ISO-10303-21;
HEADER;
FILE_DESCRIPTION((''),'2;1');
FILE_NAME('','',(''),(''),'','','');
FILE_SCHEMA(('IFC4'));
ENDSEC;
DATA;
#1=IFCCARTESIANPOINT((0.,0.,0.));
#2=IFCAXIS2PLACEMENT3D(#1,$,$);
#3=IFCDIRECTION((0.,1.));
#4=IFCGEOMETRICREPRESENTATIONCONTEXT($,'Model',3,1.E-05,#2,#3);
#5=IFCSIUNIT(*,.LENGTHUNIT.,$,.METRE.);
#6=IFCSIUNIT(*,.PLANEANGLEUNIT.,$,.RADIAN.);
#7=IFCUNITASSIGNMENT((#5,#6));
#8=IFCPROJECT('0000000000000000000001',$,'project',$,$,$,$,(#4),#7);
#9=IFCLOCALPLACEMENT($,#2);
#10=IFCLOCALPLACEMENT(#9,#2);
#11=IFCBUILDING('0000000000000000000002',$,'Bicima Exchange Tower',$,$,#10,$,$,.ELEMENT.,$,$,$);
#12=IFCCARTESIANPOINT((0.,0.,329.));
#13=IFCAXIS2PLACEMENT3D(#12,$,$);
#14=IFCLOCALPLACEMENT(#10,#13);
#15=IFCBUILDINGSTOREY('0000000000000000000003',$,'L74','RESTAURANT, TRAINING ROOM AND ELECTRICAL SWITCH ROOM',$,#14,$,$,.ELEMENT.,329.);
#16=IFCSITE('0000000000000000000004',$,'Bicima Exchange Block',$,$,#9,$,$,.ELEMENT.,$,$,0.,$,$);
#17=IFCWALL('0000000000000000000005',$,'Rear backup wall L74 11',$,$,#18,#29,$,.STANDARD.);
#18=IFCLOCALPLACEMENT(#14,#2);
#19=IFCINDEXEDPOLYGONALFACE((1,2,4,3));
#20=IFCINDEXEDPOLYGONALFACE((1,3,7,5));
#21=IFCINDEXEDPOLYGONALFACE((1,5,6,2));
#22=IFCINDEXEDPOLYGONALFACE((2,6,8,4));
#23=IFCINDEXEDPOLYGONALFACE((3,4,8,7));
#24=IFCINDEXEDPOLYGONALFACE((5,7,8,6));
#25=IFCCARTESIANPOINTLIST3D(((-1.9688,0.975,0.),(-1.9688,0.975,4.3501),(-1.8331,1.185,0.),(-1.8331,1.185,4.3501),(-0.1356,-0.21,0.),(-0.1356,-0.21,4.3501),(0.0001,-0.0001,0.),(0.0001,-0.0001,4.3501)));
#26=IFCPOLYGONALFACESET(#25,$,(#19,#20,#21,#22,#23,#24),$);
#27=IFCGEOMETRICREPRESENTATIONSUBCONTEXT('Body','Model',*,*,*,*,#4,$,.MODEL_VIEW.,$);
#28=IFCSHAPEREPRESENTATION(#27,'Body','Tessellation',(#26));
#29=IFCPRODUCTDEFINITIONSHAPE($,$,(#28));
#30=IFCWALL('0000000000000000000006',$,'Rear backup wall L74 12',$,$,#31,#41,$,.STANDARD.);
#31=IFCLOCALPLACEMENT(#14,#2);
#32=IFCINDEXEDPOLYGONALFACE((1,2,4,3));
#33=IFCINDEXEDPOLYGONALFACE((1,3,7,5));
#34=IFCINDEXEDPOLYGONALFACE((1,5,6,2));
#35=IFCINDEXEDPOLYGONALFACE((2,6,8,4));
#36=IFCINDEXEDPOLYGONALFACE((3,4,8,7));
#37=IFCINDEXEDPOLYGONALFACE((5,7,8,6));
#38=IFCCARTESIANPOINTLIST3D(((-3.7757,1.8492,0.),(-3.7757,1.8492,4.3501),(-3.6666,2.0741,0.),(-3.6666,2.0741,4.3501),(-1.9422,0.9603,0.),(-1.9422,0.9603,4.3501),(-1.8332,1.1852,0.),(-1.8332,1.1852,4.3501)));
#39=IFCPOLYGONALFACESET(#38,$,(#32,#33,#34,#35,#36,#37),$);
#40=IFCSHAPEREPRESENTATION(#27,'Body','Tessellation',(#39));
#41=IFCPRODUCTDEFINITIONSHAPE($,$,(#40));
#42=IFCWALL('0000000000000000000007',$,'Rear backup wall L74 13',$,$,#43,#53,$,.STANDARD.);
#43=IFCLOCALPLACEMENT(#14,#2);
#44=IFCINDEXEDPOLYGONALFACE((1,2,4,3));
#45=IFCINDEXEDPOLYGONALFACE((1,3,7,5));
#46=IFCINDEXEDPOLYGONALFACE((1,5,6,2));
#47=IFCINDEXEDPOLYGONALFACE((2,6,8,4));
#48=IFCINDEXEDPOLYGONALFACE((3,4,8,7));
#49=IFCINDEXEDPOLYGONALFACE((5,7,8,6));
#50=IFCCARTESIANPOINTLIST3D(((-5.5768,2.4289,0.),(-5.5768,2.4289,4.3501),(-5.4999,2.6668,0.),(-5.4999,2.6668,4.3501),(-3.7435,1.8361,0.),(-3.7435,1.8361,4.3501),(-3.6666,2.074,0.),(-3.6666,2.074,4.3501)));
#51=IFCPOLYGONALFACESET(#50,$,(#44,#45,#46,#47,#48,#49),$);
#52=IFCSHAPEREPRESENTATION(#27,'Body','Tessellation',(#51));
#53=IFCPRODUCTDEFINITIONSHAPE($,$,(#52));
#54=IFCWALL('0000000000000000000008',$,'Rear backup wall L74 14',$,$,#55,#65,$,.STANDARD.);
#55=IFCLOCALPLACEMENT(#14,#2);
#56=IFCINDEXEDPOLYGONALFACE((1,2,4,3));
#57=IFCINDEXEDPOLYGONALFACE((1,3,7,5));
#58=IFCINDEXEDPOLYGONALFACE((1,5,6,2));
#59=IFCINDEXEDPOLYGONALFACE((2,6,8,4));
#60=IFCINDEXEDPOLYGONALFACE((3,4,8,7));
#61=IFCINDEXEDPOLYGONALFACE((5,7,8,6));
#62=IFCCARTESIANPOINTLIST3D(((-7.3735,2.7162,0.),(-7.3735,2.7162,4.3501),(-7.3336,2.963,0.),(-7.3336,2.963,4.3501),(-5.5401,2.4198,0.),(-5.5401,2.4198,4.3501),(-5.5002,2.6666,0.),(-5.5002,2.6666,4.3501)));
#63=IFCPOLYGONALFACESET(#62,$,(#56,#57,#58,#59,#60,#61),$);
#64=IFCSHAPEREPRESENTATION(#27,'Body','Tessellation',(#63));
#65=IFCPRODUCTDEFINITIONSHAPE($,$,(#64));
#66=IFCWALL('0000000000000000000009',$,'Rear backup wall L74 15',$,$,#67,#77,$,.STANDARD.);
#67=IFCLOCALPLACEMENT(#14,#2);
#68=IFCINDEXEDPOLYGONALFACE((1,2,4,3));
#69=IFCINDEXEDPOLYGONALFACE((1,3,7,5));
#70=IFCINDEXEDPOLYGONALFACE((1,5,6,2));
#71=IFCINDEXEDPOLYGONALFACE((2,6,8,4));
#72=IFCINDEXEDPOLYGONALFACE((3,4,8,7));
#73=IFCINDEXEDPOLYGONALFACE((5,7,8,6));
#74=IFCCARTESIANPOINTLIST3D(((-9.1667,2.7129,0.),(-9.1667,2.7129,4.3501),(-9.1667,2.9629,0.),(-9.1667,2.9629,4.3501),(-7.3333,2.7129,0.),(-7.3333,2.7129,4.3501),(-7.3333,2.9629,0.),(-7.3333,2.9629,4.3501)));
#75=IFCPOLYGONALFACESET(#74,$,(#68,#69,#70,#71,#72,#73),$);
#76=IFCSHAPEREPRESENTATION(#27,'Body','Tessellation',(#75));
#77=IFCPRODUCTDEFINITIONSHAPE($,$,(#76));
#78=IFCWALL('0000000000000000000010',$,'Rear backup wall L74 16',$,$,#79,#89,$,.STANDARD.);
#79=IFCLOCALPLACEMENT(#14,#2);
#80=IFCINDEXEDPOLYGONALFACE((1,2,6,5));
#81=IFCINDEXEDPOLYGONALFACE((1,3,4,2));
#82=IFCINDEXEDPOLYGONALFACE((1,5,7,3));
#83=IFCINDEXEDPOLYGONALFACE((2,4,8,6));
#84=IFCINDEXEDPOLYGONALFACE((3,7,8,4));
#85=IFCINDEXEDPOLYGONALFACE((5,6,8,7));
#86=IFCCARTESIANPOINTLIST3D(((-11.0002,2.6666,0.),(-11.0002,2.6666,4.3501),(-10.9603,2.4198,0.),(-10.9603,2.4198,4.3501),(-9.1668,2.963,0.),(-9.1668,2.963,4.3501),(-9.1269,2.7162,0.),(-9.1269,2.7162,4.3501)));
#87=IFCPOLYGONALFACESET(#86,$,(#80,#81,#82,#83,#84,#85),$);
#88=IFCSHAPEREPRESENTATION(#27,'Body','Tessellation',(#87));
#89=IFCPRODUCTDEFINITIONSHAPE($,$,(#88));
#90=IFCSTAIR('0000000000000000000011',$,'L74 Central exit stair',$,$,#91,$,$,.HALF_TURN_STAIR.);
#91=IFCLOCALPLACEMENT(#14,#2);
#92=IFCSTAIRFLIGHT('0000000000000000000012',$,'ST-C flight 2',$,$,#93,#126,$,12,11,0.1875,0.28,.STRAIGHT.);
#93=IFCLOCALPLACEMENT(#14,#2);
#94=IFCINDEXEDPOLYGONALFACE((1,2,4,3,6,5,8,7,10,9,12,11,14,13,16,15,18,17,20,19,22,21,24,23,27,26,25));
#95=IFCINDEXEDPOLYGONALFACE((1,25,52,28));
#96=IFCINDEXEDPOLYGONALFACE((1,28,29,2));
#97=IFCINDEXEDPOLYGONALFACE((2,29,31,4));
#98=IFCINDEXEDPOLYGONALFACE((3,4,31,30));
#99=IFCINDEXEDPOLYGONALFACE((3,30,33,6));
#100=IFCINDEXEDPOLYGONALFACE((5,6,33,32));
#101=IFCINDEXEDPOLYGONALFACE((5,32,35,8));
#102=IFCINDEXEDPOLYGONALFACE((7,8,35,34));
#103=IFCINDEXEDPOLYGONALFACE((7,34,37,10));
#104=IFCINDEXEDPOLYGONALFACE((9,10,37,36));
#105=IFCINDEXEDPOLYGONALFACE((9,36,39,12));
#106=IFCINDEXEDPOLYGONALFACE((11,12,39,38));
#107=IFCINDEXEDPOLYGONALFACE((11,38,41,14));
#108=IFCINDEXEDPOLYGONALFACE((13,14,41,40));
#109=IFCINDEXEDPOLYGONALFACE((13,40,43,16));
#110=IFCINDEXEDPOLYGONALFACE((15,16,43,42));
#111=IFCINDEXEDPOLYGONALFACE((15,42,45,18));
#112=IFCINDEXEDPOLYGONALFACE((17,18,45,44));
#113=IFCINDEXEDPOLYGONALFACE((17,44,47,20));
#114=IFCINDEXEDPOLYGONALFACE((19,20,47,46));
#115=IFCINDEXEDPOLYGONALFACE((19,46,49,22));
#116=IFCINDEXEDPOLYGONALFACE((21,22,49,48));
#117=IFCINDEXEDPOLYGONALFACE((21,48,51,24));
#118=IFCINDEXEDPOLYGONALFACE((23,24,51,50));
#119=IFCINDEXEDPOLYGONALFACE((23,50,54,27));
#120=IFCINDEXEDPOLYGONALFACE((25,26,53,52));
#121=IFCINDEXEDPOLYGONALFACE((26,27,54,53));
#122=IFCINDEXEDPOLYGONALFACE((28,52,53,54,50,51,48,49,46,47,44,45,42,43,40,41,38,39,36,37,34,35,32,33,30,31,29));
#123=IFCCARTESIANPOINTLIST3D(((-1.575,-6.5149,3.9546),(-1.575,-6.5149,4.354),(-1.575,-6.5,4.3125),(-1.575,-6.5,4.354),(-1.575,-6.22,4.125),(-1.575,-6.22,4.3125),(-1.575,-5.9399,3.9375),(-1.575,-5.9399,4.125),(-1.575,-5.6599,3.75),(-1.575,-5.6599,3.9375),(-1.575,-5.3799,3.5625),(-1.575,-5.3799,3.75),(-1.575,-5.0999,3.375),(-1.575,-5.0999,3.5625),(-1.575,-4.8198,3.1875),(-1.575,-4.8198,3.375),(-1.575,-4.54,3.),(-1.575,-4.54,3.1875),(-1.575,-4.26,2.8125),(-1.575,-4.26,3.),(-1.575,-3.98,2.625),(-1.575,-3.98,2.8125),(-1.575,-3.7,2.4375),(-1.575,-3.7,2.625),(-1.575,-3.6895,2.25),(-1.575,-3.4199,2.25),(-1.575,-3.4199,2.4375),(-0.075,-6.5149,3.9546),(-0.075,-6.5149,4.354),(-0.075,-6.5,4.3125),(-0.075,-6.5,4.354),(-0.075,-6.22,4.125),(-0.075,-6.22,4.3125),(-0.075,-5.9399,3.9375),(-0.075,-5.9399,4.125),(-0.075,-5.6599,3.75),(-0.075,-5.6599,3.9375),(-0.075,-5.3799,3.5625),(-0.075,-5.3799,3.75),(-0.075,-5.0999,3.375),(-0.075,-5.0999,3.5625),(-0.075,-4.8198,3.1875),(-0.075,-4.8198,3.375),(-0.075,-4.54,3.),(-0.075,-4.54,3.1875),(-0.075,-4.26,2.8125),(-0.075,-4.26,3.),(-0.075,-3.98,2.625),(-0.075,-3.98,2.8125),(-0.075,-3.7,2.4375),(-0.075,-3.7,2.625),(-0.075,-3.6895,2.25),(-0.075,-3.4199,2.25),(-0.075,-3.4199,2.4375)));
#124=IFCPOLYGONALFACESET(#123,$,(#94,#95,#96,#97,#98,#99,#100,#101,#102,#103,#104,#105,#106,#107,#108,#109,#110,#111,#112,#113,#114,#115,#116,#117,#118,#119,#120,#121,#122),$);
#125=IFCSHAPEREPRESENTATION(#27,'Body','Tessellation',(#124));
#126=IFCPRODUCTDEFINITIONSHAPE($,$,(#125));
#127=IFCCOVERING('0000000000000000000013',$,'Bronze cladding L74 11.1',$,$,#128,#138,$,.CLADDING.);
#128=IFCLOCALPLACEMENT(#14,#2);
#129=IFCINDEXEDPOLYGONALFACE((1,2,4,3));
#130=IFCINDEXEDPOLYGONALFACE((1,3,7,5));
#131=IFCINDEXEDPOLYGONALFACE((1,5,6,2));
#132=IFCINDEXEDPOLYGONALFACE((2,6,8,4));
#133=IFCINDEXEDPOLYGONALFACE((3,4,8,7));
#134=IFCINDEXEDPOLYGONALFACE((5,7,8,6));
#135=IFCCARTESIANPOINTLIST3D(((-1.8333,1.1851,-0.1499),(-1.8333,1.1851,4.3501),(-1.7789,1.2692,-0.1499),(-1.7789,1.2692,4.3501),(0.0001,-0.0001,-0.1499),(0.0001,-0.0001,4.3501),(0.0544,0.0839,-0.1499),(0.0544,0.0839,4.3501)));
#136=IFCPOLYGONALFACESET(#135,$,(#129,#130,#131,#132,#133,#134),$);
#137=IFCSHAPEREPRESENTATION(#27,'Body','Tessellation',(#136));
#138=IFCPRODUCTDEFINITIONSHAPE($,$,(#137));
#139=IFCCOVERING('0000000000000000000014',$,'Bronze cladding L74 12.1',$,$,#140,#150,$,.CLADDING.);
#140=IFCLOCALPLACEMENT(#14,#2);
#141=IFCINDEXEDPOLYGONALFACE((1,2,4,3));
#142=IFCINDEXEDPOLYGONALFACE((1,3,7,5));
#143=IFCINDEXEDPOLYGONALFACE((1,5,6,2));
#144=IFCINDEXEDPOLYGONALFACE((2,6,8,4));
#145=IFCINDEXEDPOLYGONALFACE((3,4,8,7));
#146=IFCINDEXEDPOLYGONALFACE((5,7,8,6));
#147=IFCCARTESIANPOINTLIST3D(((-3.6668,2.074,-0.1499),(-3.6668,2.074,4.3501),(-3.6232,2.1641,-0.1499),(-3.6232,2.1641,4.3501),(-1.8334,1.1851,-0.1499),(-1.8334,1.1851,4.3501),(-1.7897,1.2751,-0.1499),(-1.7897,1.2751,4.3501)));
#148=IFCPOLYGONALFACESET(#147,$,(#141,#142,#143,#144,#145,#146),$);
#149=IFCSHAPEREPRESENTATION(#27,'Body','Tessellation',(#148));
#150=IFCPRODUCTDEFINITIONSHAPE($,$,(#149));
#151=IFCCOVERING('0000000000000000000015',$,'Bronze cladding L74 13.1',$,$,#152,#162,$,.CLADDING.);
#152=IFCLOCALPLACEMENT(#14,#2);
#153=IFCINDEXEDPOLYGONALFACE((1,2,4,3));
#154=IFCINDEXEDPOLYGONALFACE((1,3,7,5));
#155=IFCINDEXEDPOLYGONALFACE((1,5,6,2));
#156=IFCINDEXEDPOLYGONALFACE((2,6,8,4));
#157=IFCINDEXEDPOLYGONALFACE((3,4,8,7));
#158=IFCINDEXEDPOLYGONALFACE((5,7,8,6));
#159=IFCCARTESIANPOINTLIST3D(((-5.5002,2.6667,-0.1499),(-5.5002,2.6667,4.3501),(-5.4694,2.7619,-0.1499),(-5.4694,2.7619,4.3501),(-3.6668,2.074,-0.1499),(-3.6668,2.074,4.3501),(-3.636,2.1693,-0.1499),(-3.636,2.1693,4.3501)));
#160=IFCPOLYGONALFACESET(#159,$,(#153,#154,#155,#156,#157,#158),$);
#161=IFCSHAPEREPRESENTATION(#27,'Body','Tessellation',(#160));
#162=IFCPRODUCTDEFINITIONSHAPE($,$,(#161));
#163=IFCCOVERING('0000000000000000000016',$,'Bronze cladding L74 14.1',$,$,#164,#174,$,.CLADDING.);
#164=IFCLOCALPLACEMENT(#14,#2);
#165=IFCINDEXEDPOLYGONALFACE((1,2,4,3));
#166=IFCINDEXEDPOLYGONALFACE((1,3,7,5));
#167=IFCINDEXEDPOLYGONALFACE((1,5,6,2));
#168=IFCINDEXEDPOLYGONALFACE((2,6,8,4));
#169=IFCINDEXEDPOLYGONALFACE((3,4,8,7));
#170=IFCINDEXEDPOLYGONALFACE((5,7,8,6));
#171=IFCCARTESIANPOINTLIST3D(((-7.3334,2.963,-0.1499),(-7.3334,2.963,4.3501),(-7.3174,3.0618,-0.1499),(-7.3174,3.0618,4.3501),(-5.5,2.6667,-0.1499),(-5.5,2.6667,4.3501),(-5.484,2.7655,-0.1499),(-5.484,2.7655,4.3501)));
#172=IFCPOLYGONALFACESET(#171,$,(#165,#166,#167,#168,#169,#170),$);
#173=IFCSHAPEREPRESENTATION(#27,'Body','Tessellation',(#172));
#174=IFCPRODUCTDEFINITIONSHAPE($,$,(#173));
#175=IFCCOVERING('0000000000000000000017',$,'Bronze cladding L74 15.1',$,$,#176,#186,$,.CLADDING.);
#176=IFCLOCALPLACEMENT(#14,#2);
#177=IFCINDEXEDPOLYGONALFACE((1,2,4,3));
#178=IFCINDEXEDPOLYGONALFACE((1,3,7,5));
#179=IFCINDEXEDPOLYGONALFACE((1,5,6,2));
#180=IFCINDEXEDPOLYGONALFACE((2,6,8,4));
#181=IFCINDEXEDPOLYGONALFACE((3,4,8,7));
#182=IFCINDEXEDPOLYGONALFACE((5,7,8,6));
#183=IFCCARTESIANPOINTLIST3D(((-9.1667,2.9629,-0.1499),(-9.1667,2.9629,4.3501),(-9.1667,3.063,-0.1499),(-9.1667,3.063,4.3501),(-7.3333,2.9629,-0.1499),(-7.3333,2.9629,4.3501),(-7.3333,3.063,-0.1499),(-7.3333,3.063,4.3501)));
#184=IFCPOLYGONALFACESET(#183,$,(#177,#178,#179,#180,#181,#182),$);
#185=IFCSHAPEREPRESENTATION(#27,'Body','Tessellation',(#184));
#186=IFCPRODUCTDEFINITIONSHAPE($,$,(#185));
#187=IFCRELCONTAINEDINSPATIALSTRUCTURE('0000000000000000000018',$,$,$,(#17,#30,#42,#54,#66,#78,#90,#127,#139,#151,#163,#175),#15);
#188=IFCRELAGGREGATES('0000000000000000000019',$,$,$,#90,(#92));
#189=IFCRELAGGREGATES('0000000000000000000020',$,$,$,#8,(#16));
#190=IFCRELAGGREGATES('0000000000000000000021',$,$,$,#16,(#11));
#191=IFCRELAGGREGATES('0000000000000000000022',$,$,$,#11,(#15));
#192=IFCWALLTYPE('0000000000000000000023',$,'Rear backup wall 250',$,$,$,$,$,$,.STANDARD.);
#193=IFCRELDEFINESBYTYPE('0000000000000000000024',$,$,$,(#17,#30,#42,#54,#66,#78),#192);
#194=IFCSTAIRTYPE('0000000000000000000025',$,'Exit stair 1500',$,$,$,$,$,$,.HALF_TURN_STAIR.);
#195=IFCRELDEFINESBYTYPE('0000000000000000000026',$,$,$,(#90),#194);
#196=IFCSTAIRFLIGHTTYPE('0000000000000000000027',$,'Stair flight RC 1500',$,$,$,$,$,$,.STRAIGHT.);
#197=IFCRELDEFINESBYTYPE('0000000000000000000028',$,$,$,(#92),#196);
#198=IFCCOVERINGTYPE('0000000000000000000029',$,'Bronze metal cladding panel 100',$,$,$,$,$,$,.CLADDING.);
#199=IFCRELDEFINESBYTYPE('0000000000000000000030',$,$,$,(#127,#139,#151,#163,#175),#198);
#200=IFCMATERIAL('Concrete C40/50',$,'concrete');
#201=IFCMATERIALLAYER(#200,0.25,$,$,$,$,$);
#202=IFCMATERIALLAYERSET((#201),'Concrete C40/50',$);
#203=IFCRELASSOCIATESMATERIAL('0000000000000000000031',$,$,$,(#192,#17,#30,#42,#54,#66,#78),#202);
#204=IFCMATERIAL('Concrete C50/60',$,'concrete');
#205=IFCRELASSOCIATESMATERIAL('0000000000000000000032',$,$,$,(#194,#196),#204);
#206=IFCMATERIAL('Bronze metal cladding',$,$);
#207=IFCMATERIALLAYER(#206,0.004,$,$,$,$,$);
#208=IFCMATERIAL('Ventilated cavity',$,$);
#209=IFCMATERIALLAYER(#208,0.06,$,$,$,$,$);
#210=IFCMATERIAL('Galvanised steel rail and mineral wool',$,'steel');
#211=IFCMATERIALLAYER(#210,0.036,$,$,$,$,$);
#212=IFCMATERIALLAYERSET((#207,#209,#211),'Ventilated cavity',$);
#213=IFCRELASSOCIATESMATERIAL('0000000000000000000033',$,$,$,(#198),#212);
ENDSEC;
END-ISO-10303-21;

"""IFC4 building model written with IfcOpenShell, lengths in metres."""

from ifc_helpers import new_model, si_unit, direction, frame, frame_2d, origin, origin_2d, place, context, subcontext, project, spatial, polyline, rectangle, outline, extrude, material, layer, layer_set, layer_usage, type_object, element, aggregate, save


model = new_model("IFC4")

# Units and contexts
model_context = context("Model", 3, precision=1e-05, world=origin(), true_north=direction((0.0, 1.0)))
body_context = subcontext(model_context, "Body", "Model", "MODEL_VIEW")
ifc_project = project(units=[si_unit("LENGTHUNIT", "METRE"), si_unit("PLANEANGLEUNIT", "RADIAN")], contexts=[model_context])

# Site, building, storey
site_placement = place(None, origin())
site = spatial("IfcSite", under=ifc_project, at=site_placement, Name="Bicima Exchange Block", CompositionType="ELEMENT", RefElevation=0.0)
building_placement = place(site_placement, origin())
building = spatial("IfcBuilding", under=site, at=building_placement, Name="Bicima Exchange Tower", CompositionType="ELEMENT")
storey_placement = place(building_placement, frame((0.0, 0.0, 329.0)))
storey = spatial("IfcBuildingStorey", under=building, at=storey_placement, Name="L74", Description="RESTAURANT, TRAINING ROOM AND ELECTRICAL SWITCH ROOM", CompositionType="ELEMENT", Elevation=329.0)

# Shared definitions
ifc_material_1 = material(Name="Concrete C40/50", Category="concrete")
ifc_material_2 = material(Name="Concrete C50/60", Category="concrete")

# Walls
ifc_layer_1 = layer(ifc_material_1, 0.25)
ifc_layer_set_1 = layer_set([ifc_layer_1], Name="Concrete C40/50")
ifc_layer_usage = layer_usage(ifc_layer_set_1, "AXIS2", "POSITIVE", -0.125)
wall_type_1 = type_object("IfcWallType", Name="Rear backup wall 250", PredefinedType="STANDARD", material=ifc_layer_set_1)
wall_1_placement = place(storey_placement, frame((-0.0679, -0.105, 0.0), z_axis=(0.0, 0.0, 1.0), x_axis=(-0.839813, 0.542876, 0.0)))
element("IfcWall", 1, at=wall_1_placement, inside=storey, type_object=wall_type_1, material=ifc_layer_usage, Name="Rear backup wall L74 11", PredefinedType="STANDARD", context=body_context, shape_type="SweptSolid", body=[
    extrude(rectangle(XDim=2.1829, YDim=0.25, at=frame_2d((1.0913, 0.0))), origin(), (0.0, 0.0, 1.0), 4.3501),
])
wall_2_placement = place(storey_placement, frame((-1.8877, 1.0728, 0.0), z_axis=(0.0, 0.0, 1.0), x_axis=(-0.899824, 0.436253, 0.0)))
element("IfcWall", 2, at=wall_2_placement, inside=storey, type_object=wall_type_1, material=ifc_layer_usage, Name="Rear backup wall L74 12", PredefinedType="STANDARD", context=body_context, shape_type="SweptSolid", body=[
    extrude(rectangle(XDim=2.0376, YDim=0.25, at=frame_2d((1.0188, 0.0))), origin(), (0.0, 0.0, 1.0), 4.3501),
])
wall_3_placement = place(storey_placement, frame((-3.7051, 1.9551, 0.0), z_axis=(0.0, 0.0, 1.0), x_axis=(-0.951496, 0.307662, 0.0)))
element("IfcWall", 3, at=wall_3_placement, inside=storey, type_object=wall_type_1, material=ifc_layer_usage, Name="Rear backup wall L74 13", PredefinedType="STANDARD", context=body_context, shape_type="SweptSolid", body=[
    extrude(rectangle(XDim=1.9268, YDim=0.25, at=frame_2d((0.9634, 0.0))), origin(), (0.0, 0.0, 1.0), 4.3501),
])
wall_4_placement = place(storey_placement, frame((-5.52, 2.5432, 0.0), z_axis=(0.0, 0.0, 1.0), x_axis=(-0.987182, 0.1596, 0.0)))
element("IfcWall", 4, at=wall_4_placement, inside=storey, type_object=wall_type_1, material=ifc_layer_usage, Name="Rear backup wall L74 14", PredefinedType="STANDARD", context=body_context, shape_type="SweptSolid", body=[
    extrude(rectangle(XDim=1.8572, YDim=0.25, at=frame_2d((0.9287, 0.0))), origin(), (0.0, 0.0, 1.0), 4.3501),
])
wall_5_placement = place(storey_placement, frame((-7.3333, 2.8379, 0.0), z_axis=(0.0, 0.0, 1.0), x_axis=(-1.0, 0.0, 0.0)))
element("IfcWall", 5, at=wall_5_placement, inside=storey, type_object=wall_type_1, material=ifc_layer_usage, Name="Rear backup wall L74 15", PredefinedType="STANDARD", context=body_context, shape_type="SweptSolid", body=[
    extrude(rectangle(XDim=1.8335, YDim=0.25, at=frame_2d((0.9167, 0.0))), origin(), (0.0, 0.0, 1.0), 4.3501),
])
wall_6_placement = place(storey_placement, frame((-9.1467, 2.8396, 0.0), z_axis=(0.0, 0.0, 1.0), x_axis=(-0.987182, -0.1596, 0.0)))
element("IfcWall", 6, at=wall_6_placement, inside=storey, type_object=wall_type_1, material=ifc_layer_usage, Name="Rear backup wall L74 16", PredefinedType="STANDARD", context=body_context, shape_type="SweptSolid", body=[
    extrude(rectangle(XDim=1.8572, YDim=0.25, at=frame_2d((0.9287, 0.0))), origin(), (0.0, 0.0, 1.0), 4.3501),
])

# Stair, stair flight
stair_type = type_object("IfcStairType", Name="Exit stair 1500", PredefinedType="HALF_TURN_STAIR", material=ifc_material_2)
stair_placement = place(storey_placement, origin())
stair = element("IfcStair", 7, at=stair_placement, inside=storey, type_object=stair_type, Name="L74 Central exit stair", PredefinedType="HALF_TURN_STAIR")
stair_flight_type = type_object("IfcStairFlightType", Name="Stair flight RC 1500", PredefinedType="STRAIGHT", material=ifc_material_2)
stair_flight_placement = place(storey_placement, frame((-0.825, -3.4199, 2.25), z_axis=(0.0, 0.0, 1.0), x_axis=(0.0, -1.0, 0.0)))
stair_flight = element("IfcStairFlight", 8, at=stair_flight_placement, type_object=stair_flight_type, Name="ST-C flight 2", NumberOfRisers=12, NumberOfTreads=11, PredefinedType="STRAIGHT", RiserHeight=0.1875, TreadLength=0.28, context=body_context, shape_type="SweptSolid", body=[
    extrude(outline(polyline([(0.0, 0.0), (0.0, 0.1875), (0.28, 0.1875), (0.28, 0.375), (0.5601, 0.375), (0.5601, 0.5625), (0.8401, 0.5625), (0.8401, 0.75), (1.1201, 0.75), (1.1201, 0.9375), (1.3999, 0.9375), (1.3999, 1.125), (1.6799, 1.125), (1.6799, 1.3125), (1.96, 1.3125), (1.96, 1.5), (2.24, 1.5), (2.24, 1.6875), (2.52, 1.6875), (2.52, 1.875), (2.8, 1.875), (2.8, 2.0625), (3.0801, 2.0625), (3.0801, 2.104), (3.095, 2.104), (3.095, 1.7046), (0.2695, 0.0), (0.0, 0.0)])), frame((0.0, 0.75, 0.0), z_axis=(0.0, -1.0, 0.0), x_axis=(1.0, 0.0, 0.0)), (0.0, 0.0, 1.0), 1.5),
])
aggregate(stair, [stair_flight])

# Coverings
ifc_material_3 = material(Name="Bronze metal cladding")
ifc_layer_2 = layer(ifc_material_3, 0.004)
ifc_material_4 = material(Name="Ventilated cavity")
ifc_layer_3 = layer(ifc_material_4, 0.06)
ifc_material_5 = material(Name="Galvanised steel rail and mineral wool", Category="steel")
ifc_layer_4 = layer(ifc_material_5, 0.036)
ifc_layer_set_2 = layer_set([ifc_layer_2, ifc_layer_3, ifc_layer_4], Name="Ventilated cavity")
covering_type = type_object("IfcCoveringType", Name="Bronze metal cladding panel 100", PredefinedType="CLADDING", material=ifc_layer_set_2)
covering_1_placement = place(storey_placement, frame((-0.8894, 0.6345, -0.1499), z_axis=(0.0, 0.0, 1.0), x_axis=(-0.83979, 0.542911, 0.0)))
element("IfcCovering", 9, at=covering_1_placement, inside=storey, type_object=covering_type, Name="Bronze cladding L74 11.1", PredefinedType="CLADDING", context=body_context, shape_type="SweptSolid", body=[
    extrude(rectangle(XDim=2.1831, YDim=0.1001, at=origin_2d()), origin(), (0.0, 0.0, 1.0), 4.5),
])
covering_2_placement = place(storey_placement, frame((-2.7283, 1.6746, -0.1499), z_axis=(0.0, 0.0, 1.0), x_axis=(-0.899818, 0.436265, 0.0)))
element("IfcCovering", 10, at=covering_2_placement, inside=storey, type_object=covering_type, Name="Bronze cladding L74 12.1", PredefinedType="CLADDING", context=body_context, shape_type="SweptSolid", body=[
    extrude(rectangle(XDim=2.0376, YDim=0.1001, at=origin_2d()), origin(), (0.0, 0.0, 1.0), 4.5),
])
covering_3_placement = place(storey_placement, frame((-4.5681, 2.418, -0.1499), z_axis=(0.0, 0.0, 1.0), x_axis=(-0.951525, 0.307573, 0.0)))
element("IfcCovering", 11, at=covering_3_placement, inside=storey, type_object=covering_type, Name="Bronze cladding L74 13.1", PredefinedType="CLADDING", context=body_context, shape_type="SweptSolid", body=[
    extrude(rectangle(XDim=1.9268, YDim=0.1001, at=origin_2d()), origin(), (0.0, 0.0, 1.0), 4.5),
])
covering_4_placement = place(storey_placement, frame((-6.4087, 2.8643, -0.1499), z_axis=(0.0, 0.0, 1.0), x_axis=(-0.98719, 0.15955, 0.0)))
element("IfcCovering", 12, at=covering_4_placement, inside=storey, type_object=covering_type, Name="Bronze cladding L74 14.1", PredefinedType="CLADDING", context=body_context, shape_type="SweptSolid", body=[
    extrude(rectangle(XDim=1.8572, YDim=0.1001, at=origin_2d()), origin(), (0.0, 0.0, 1.0), 4.5),
])
covering_5_placement = place(storey_placement, frame((-8.25, 3.0129, -0.1499), z_axis=(0.0, 0.0, 1.0), x_axis=(-1.0, 0.0, 0.0)))
element("IfcCovering", 13, at=covering_5_placement, inside=storey, type_object=covering_type, Name="Bronze cladding L74 15.1", PredefinedType="CLADDING", context=body_context, shape_type="SweptSolid", body=[
    extrude(rectangle(XDim=1.8335, YDim=0.1001, at=origin_2d()), origin(), (0.0, 0.0, 1.0), 4.5),
])

save(model, "model.ifc")
